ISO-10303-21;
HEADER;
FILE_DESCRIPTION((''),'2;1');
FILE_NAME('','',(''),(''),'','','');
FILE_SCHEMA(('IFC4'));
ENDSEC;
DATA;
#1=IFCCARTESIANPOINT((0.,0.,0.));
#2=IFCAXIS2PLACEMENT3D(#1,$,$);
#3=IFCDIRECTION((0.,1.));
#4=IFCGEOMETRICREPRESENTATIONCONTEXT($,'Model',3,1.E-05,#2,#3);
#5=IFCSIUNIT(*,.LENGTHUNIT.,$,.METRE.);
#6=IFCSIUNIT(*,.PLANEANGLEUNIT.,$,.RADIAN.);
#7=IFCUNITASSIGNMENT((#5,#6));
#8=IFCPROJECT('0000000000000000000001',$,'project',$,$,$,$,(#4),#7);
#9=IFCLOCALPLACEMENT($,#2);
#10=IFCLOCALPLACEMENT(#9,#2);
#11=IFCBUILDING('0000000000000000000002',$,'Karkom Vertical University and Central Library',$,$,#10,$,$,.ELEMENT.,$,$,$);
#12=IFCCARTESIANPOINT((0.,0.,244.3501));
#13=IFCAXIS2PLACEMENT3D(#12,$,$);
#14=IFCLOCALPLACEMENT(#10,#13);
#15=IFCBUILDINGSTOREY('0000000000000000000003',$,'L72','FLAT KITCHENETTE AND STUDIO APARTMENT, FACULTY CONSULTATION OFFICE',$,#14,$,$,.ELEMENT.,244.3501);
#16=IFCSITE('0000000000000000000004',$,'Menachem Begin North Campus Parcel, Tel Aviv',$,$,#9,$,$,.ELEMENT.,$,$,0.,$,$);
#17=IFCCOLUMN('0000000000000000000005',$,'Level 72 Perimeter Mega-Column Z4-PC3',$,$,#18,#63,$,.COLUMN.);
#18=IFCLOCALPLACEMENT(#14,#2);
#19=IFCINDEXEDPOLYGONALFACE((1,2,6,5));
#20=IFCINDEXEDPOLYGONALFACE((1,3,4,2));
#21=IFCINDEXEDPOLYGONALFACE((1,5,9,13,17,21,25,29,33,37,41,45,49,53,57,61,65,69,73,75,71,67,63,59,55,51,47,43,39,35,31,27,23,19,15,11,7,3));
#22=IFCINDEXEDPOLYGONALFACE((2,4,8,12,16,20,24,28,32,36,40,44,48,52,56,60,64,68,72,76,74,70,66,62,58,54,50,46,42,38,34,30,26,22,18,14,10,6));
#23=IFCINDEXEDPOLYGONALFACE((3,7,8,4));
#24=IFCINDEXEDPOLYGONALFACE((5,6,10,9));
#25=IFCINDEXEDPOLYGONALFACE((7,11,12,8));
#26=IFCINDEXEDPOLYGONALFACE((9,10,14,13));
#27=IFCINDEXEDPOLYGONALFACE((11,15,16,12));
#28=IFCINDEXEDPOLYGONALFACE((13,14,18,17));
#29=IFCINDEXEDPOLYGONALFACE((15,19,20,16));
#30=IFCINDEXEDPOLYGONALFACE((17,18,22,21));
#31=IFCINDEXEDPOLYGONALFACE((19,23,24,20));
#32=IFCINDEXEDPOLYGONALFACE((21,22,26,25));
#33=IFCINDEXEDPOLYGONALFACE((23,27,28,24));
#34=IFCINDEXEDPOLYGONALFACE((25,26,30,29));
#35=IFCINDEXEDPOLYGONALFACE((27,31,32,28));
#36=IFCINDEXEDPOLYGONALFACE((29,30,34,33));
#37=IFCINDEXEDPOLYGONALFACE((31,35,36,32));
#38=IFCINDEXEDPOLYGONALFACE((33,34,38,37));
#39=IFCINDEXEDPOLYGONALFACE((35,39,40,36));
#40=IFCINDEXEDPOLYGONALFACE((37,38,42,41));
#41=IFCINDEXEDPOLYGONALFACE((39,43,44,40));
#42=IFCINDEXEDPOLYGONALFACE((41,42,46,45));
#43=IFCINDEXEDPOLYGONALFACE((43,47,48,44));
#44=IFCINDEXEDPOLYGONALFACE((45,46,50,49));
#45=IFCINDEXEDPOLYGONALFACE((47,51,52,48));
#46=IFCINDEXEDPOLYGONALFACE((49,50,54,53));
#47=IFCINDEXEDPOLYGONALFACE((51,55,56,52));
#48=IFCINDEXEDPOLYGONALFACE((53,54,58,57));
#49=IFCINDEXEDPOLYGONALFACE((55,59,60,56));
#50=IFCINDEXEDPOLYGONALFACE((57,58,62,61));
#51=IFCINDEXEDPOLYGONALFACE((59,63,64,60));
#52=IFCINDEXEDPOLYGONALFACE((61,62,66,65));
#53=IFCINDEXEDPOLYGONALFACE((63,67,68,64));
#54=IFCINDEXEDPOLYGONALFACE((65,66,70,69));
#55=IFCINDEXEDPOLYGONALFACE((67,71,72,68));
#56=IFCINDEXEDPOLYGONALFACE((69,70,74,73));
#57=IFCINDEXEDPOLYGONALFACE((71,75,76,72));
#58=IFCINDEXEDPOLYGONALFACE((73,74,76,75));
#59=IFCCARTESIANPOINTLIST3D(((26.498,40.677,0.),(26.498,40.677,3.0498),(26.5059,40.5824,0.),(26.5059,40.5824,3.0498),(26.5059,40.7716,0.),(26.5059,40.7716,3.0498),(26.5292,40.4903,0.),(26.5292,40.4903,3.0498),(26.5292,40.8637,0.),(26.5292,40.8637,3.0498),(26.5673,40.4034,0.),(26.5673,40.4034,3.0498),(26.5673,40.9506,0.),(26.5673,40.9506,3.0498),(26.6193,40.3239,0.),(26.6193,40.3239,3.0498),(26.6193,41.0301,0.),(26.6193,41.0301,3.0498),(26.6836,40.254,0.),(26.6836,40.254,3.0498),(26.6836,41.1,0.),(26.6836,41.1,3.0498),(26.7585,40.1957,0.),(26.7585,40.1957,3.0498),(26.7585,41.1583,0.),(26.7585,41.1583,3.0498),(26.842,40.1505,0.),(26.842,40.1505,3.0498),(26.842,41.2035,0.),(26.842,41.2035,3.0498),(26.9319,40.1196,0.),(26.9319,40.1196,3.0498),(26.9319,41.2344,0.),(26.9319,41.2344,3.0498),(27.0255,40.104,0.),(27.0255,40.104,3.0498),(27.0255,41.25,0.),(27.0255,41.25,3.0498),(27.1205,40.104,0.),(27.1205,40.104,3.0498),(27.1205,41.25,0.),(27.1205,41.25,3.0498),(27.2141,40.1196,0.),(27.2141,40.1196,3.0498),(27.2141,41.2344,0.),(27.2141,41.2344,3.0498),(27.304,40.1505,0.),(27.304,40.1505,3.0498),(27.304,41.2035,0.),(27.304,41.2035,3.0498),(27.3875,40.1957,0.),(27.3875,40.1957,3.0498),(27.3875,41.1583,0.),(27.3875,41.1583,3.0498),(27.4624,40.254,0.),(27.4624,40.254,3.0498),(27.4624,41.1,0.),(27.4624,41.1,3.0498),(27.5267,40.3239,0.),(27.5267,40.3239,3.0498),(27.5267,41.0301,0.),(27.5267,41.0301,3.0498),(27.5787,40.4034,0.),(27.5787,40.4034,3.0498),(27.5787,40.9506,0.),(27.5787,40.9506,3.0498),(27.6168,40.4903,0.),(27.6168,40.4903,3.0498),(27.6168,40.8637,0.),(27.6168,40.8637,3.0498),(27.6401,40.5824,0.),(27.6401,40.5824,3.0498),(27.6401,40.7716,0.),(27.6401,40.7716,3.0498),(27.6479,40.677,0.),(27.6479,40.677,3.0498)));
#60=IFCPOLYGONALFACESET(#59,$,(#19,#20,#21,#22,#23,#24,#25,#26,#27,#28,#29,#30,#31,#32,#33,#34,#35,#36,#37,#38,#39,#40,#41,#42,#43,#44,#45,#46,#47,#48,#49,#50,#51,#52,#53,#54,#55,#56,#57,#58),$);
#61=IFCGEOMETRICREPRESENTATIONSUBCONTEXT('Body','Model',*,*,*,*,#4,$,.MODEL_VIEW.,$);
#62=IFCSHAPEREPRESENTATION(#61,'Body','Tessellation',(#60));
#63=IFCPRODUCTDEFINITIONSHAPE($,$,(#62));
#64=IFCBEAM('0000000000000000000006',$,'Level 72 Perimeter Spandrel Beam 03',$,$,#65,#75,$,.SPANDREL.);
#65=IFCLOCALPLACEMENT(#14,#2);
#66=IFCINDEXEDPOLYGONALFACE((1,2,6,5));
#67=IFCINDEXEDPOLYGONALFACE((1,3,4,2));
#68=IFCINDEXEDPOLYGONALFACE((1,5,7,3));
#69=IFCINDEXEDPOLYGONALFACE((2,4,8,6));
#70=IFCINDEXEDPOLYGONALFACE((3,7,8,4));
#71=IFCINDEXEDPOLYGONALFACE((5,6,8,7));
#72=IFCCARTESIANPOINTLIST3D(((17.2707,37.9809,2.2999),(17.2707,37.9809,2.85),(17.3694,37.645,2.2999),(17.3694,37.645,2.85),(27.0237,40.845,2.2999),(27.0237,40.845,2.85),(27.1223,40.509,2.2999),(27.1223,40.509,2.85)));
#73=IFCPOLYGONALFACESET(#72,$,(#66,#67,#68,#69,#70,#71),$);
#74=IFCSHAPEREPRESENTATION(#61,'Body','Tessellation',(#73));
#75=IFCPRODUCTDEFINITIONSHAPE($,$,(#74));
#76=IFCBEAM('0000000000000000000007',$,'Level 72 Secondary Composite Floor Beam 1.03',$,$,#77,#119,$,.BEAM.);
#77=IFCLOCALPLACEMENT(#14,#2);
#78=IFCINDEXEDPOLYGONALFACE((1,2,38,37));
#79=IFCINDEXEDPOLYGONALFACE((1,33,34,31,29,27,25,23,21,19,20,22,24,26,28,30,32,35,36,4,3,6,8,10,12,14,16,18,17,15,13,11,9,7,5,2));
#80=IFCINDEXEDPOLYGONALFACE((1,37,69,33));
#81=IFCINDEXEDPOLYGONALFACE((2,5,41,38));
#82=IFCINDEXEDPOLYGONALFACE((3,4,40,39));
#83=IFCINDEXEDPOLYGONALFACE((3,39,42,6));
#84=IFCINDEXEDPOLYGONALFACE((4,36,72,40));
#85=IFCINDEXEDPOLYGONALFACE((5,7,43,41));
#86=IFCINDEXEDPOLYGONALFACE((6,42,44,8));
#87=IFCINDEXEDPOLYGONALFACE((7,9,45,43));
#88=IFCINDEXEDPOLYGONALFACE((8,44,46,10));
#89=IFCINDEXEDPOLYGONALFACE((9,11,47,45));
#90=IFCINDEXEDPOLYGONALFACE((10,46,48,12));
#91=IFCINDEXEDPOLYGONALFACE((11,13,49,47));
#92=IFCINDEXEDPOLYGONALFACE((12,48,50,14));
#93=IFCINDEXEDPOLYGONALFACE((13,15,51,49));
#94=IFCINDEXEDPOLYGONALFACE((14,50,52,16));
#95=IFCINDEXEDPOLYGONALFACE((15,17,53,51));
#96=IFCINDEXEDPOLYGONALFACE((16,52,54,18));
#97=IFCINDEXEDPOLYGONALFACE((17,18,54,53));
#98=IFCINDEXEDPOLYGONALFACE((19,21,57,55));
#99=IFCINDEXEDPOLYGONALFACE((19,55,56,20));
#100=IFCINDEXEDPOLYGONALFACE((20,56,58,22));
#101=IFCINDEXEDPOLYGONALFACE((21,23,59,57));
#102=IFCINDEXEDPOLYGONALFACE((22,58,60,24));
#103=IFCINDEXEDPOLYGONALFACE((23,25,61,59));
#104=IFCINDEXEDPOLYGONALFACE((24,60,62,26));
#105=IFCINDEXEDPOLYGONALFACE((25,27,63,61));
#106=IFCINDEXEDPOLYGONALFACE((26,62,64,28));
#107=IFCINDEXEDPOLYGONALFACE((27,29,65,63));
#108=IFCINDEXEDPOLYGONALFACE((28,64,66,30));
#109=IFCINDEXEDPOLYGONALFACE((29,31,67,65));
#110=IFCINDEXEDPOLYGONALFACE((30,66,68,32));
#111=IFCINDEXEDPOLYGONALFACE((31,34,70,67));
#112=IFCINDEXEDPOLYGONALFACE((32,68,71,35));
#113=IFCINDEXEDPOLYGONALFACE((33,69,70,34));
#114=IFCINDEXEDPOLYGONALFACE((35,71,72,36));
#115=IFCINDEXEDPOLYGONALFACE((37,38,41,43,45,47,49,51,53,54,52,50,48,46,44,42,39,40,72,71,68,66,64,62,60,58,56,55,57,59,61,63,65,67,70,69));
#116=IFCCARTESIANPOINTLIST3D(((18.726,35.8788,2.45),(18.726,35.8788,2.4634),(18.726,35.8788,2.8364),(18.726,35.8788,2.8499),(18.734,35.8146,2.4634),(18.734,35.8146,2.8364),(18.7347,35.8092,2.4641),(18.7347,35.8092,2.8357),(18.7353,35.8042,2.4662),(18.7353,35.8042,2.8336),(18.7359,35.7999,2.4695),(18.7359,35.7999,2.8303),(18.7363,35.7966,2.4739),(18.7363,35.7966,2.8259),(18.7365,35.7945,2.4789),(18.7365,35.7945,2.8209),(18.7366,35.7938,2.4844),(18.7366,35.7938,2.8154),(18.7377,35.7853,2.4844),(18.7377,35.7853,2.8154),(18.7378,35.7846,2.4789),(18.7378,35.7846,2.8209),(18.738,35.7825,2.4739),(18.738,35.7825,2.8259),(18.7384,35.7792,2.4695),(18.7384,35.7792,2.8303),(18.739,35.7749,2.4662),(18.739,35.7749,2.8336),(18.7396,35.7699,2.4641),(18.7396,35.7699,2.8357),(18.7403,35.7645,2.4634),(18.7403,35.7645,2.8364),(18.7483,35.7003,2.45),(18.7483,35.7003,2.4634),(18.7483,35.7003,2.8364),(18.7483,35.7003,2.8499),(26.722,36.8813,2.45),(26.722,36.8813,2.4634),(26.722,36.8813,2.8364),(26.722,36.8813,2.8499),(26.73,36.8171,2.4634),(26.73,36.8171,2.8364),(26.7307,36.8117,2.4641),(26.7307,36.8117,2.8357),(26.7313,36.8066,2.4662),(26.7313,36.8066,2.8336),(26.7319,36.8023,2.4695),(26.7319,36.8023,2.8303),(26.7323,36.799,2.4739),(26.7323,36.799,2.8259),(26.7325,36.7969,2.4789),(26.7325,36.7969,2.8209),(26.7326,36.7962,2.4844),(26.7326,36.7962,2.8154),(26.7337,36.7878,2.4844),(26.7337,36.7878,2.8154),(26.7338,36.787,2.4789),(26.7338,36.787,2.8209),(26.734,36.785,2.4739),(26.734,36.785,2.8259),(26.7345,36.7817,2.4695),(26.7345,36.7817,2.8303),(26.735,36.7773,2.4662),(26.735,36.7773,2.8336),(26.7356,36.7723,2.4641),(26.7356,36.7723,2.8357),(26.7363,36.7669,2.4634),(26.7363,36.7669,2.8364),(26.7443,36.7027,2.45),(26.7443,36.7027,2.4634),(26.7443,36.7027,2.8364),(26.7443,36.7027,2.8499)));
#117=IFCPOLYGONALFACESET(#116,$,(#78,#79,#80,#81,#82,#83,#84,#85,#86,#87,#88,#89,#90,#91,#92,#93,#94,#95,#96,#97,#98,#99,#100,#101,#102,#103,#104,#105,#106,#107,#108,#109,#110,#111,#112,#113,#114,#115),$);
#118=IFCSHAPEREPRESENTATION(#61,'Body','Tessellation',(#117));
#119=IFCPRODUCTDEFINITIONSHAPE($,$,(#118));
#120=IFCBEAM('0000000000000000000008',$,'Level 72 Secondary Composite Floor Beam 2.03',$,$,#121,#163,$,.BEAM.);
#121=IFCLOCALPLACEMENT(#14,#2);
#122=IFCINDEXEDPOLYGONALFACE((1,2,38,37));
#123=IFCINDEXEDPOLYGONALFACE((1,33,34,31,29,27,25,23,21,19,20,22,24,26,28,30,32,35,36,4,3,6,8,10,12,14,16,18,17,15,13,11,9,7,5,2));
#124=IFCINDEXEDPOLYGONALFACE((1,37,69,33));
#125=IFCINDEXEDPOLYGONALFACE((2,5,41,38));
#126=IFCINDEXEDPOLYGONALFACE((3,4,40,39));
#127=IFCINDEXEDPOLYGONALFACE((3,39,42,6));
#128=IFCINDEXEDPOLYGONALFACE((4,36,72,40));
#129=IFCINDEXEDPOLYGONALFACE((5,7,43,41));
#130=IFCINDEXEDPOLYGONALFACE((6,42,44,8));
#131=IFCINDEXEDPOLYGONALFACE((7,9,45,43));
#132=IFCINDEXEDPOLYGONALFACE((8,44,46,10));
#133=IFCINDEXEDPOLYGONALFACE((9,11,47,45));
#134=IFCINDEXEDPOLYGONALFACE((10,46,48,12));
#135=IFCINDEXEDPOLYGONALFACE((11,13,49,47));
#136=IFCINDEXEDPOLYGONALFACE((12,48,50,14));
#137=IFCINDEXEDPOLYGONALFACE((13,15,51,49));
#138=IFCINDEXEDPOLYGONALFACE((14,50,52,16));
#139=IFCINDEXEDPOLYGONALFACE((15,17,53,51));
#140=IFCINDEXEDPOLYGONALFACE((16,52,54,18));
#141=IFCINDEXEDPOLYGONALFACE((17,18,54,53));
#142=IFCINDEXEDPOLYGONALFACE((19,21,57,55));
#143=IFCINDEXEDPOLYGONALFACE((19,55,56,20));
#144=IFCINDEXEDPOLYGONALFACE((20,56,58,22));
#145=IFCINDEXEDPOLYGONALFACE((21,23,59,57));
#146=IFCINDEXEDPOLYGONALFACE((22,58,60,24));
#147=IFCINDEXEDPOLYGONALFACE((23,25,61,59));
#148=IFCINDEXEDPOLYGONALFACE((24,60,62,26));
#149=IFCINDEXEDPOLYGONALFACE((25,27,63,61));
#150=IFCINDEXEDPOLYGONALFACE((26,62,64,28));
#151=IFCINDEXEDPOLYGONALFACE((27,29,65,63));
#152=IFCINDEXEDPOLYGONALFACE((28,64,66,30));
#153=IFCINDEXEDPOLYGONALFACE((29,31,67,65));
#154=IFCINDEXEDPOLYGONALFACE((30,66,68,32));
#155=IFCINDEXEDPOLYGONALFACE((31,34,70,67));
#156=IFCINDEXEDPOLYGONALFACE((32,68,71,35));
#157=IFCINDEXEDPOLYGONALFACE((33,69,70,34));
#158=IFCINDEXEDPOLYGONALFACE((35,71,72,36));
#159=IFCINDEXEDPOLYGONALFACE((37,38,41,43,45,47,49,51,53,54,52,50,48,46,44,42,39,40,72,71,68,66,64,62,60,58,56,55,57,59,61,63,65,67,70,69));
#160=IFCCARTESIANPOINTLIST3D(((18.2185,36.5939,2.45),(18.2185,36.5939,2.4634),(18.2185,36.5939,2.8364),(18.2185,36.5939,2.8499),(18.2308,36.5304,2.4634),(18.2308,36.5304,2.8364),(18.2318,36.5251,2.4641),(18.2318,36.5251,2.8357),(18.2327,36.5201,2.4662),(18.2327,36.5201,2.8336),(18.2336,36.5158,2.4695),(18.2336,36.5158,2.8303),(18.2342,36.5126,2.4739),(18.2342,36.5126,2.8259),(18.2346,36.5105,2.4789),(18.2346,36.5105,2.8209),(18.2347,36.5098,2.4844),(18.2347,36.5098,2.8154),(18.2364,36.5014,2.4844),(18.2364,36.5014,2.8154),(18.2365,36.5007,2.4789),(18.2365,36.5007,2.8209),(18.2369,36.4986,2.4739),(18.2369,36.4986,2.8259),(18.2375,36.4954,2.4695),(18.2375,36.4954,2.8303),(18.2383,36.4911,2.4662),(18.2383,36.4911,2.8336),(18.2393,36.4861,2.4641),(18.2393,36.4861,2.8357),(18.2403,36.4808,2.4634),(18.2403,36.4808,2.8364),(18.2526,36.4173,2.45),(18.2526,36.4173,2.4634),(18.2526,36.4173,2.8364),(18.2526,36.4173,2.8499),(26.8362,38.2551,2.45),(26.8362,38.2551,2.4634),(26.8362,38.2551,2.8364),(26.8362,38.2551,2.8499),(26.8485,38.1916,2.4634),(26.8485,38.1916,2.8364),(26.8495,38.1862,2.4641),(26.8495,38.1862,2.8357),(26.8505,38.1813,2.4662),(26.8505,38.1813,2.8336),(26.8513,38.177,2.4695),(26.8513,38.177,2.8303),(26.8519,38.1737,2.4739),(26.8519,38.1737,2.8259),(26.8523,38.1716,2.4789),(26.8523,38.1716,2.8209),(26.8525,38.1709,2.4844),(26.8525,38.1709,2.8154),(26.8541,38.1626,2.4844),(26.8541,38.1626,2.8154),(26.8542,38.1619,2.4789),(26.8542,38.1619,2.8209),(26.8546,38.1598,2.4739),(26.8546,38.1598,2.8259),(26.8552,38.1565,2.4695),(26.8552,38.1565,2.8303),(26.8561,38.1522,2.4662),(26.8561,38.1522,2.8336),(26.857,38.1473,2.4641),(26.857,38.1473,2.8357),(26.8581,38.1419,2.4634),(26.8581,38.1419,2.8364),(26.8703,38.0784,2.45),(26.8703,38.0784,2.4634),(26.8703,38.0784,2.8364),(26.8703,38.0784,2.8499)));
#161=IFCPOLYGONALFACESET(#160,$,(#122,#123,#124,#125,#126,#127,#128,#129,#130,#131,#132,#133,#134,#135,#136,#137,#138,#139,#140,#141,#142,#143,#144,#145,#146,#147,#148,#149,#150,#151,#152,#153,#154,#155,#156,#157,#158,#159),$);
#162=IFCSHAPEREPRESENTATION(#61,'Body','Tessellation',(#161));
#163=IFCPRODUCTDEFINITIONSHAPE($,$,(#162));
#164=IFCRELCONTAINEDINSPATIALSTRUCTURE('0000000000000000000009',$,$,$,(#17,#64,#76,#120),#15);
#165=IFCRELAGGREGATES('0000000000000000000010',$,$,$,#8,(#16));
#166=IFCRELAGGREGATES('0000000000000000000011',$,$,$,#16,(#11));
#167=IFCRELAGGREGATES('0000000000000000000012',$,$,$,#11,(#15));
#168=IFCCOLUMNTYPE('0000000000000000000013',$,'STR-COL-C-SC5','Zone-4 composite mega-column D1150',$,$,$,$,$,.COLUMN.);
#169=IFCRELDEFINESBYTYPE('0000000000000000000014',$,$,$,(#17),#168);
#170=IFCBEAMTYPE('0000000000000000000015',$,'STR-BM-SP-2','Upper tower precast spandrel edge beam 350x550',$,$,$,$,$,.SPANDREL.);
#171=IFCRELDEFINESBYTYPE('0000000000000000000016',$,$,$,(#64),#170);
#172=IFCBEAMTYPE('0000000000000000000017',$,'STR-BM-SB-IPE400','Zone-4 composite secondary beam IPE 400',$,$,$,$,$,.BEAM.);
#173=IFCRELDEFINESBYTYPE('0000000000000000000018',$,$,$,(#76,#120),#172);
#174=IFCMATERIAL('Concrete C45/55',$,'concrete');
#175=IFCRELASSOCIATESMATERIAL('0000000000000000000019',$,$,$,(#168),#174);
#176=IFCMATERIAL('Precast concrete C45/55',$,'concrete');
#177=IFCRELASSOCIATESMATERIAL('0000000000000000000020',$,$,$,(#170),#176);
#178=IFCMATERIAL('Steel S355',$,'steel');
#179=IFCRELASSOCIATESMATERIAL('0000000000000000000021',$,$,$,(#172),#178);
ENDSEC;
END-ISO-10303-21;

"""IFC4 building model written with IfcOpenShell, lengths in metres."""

from ifc_helpers import new_model, si_unit, direction, frame, origin, origin_with_axes, origin_2d, place, context, subcontext, project, spatial, rectangle, circle, i_section, extrude, source, transform, mapped, material, material_profile, profile_set, type_object, element, save


model = new_model("IFC4")

# Units and contexts
model_context = context("Model", 3, precision=1e-05, world=origin(), true_north=direction((0.0, 1.0)))
body_context = subcontext(model_context, "Body", "Model", "MODEL_VIEW")
ifc_project = project(units=[si_unit("LENGTHUNIT", "METRE"), si_unit("PLANEANGLEUNIT", "RADIAN")], contexts=[model_context])

# Site, building, storey
site_placement = place(None, origin())
site = spatial("IfcSite", under=ifc_project, at=site_placement, Name="Menachem Begin North Campus Parcel, Tel Aviv", CompositionType="ELEMENT", RefElevation=0.0)
building_placement = place(site_placement, origin())
building = spatial("IfcBuilding", under=site, at=building_placement, Name="Karkom Vertical University and Central Library", CompositionType="ELEMENT")
storey_placement = place(building_placement, frame((0.0, 0.0, 244.3501)))
storey = spatial("IfcBuildingStorey", under=building, at=storey_placement, Name="L72", Description="FLAT KITCHENETTE AND STUDIO APARTMENT, FACULTY CONSULTATION OFFICE", CompositionType="ELEMENT", Elevation=244.3501)

# Column
ifc_material_1 = material(Name="Concrete C45/55", Category="concrete")
ifc_material_profile_1 = material_profile(ifc_material_1, circle(Radius=0.575, at=origin_2d()), Name="CFT-D1150")
ifc_profile_set_1 = profile_set([ifc_material_profile_1], Name="Concrete C45/55")
column_type = type_object("IfcColumnType", Name="STR-COL-C-SC5", Description="Zone-4 composite mega-column D1150", PredefinedType="COLUMN", material=ifc_profile_set_1)
shared_shape_1 = source(origin_with_axes(), body_context, "Body", "SweptSolid", [
    extrude(circle(Radius=0.575, at=origin_2d()), origin(), (0.0, 0.0, 1.0), 3.0498),
])
column_placement = place(storey_placement, frame((27.073, 40.677, 0.0), z_axis=(0.0, 0.0, 1.0), x_axis=(1.0, 0.0, 0.0)))
element("IfcColumn", 1, at=column_placement, inside=storey, type_object=column_type, Name="Level 72 Perimeter Mega-Column Z4-PC3", PredefinedType="COLUMN", context=body_context, shape_type="MappedRepresentation", body=[
    mapped(shared_shape_1, transform((0.0, 0.0, 0.0), scale=1.0)),
])

# Beams
ifc_material_2 = material(Name="Precast concrete C45/55", Category="concrete")
ifc_material_profile_2 = material_profile(ifc_material_2, rectangle(XDim=0.3501, YDim=0.55, at=origin_2d()), Name="SPB-350x550")
ifc_profile_set_2 = profile_set([ifc_material_profile_2], Name="Precast concrete C45/55")
beam_type_1 = type_object("IfcBeamType", Name="STR-BM-SP-2", Description="Upper tower precast spandrel edge beam 350x550", PredefinedType="SPANDREL", material=ifc_profile_set_2)
shared_shape_2 = source(origin_with_axes(), body_context, "Body", "SweptSolid", [
    extrude(rectangle(XDim=0.3501, YDim=0.55, at=origin_2d()), origin(), (0.0, 0.0, 1.0), 10.1648),
])
beam_1_placement = place(storey_placement, frame((27.073, 40.677, 2.575), z_axis=(-0.959485, -0.281759, 0.0), x_axis=(0.281759, -0.959485, 0.0)))
element("IfcBeam", 2, at=beam_1_placement, inside=storey, type_object=beam_type_1, Name="Level 72 Perimeter Spandrel Beam 03", PredefinedType="SPANDREL", context=body_context, shape_type="MappedRepresentation", body=[
    mapped(shared_shape_2, transform((0.0, 0.0, 0.0), scale=1.0)),
])
ifc_material_3 = material(Name="Steel S355", Category="steel")
ifc_material_profile_3 = material_profile(ifc_material_3, i_section(OverallWidth=0.1799, OverallDepth=0.3999, WebThickness=0.0085, FlangeThickness=0.0134, FilletRadius=0.021, at=origin_2d()), Name="IPE 400")
ifc_profile_set_3 = profile_set([ifc_material_profile_3], Name="Steel S355")
beam_type_2 = type_object("IfcBeamType", Name="STR-BM-SB-IPE400", Description="Zone-4 composite secondary beam IPE 400", PredefinedType="BEAM", material=ifc_profile_set_3)
shared_shape_3 = source(origin_with_axes(), body_context, "Body", "SweptSolid", [
    extrude(i_section(OverallWidth=0.1799, OverallDepth=0.3999, WebThickness=0.0085, FlangeThickness=0.0134, FilletRadius=0.021, at=origin_2d()), origin(), (0.0, 0.0, 1.0), 8.0586),
])
beam_2_placement = place(storey_placement, frame((26.7332, 36.792, 2.6499), z_axis=(-0.992233, -0.124393, 0.0), x_axis=(0.124393, -0.992233, 0.0)))
element("IfcBeam", 3, at=beam_2_placement, inside=storey, type_object=beam_type_2, Name="Level 72 Secondary Composite Floor Beam 1.03", PredefinedType="BEAM", context=body_context, shape_type="MappedRepresentation", body=[
    mapped(shared_shape_3, transform((0.0, 0.0, 0.0), scale=1.0)),
])
shared_shape_4 = source(origin_with_axes(), body_context, "Body", "SweptSolid", [
    extrude(i_section(OverallWidth=0.1799, OverallDepth=0.3999, WebThickness=0.0085, FlangeThickness=0.0134, FilletRadius=0.021, at=origin_2d()), origin(), (0.0, 0.0, 1.0), 8.7764),
])
beam_3_placement = place(storey_placement, frame((26.8533, 38.1667, 2.6499), z_axis=(-0.981924, -0.189275, 0.0), x_axis=(0.189275, -0.981924, 0.0)))
element("IfcBeam", 4, at=beam_3_placement, inside=storey, type_object=beam_type_2, Name="Level 72 Secondary Composite Floor Beam 2.03", PredefinedType="BEAM", context=body_context, shape_type="MappedRepresentation", body=[
    mapped(shared_shape_4, transform((0.0, 0.0, 0.0), scale=1.0)),
])

save(model, "model.ifc")
